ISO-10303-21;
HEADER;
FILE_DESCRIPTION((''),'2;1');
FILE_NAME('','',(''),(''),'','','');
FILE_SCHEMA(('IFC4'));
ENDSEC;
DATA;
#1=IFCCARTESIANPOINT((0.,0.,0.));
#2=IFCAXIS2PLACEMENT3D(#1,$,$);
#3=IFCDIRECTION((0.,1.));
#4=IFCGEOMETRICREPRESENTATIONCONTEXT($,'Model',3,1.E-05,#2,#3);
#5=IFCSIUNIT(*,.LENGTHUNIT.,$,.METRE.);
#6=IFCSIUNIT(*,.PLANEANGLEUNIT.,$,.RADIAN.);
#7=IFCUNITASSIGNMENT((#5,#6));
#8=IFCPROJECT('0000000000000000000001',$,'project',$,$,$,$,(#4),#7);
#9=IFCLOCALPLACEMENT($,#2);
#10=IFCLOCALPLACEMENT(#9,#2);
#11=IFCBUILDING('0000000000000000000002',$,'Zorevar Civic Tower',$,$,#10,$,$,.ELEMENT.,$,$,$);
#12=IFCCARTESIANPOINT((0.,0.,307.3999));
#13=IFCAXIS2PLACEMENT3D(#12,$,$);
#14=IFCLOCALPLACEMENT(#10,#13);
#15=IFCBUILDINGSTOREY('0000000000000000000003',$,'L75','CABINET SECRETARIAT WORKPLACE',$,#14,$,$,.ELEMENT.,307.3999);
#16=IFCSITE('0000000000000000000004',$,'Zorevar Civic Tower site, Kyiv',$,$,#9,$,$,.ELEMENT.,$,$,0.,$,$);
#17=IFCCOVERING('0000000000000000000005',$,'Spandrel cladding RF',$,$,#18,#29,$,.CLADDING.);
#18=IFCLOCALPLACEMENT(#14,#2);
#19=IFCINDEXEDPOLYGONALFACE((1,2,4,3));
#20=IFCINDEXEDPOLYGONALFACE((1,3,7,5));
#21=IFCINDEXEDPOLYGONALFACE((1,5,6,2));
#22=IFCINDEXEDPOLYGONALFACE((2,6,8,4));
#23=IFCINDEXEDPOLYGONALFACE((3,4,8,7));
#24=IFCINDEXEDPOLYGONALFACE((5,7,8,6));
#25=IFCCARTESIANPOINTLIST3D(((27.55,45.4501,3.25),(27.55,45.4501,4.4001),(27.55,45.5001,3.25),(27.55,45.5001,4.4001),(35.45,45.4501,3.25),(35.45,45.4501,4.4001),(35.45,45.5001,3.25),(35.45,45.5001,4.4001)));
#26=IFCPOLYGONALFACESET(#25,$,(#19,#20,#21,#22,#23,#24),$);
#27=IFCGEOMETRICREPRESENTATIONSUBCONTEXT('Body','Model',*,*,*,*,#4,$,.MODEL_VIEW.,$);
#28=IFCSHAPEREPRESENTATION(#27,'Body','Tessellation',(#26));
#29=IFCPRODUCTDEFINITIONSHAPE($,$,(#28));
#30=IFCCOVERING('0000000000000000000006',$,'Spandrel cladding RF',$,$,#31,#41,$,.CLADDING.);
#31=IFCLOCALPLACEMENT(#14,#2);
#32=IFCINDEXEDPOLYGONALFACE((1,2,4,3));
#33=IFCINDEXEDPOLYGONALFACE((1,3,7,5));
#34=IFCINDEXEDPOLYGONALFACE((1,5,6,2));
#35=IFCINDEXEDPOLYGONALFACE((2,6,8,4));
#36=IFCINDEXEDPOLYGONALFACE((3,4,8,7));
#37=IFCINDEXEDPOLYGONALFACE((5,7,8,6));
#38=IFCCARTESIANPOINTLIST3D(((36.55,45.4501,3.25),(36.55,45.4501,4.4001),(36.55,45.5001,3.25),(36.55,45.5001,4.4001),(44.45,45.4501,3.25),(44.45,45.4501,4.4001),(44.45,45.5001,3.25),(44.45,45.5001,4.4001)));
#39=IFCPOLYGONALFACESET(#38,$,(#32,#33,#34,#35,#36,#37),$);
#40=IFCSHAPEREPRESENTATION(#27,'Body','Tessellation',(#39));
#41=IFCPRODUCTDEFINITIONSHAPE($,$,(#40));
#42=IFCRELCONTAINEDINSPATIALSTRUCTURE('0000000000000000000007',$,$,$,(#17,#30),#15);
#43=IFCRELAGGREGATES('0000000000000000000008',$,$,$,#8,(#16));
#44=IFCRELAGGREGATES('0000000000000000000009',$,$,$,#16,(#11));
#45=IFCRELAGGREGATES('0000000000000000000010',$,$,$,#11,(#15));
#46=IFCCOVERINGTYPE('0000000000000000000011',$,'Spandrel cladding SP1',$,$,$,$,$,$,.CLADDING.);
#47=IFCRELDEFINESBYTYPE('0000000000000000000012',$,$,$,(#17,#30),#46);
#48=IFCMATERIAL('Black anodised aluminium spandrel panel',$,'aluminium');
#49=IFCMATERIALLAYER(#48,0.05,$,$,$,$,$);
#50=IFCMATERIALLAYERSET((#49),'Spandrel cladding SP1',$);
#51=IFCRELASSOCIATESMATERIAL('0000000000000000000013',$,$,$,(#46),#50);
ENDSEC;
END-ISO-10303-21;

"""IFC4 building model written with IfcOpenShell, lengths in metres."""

from ifc_helpers import new_model, si_unit, direction, frame, frame_2d, origin, place, context, subcontext, project, spatial, rectangle, extrude, material, layer, layer_set, type_object, element, save


model = new_model("IFC4")

# Units and contexts
model_context = context("Model", 3, precision=1e-05, world=origin(), true_north=direction((0.0, 1.0)))
body_context = subcontext(model_context, "Body", "Model", "MODEL_VIEW")
ifc_project = project(units=[si_unit("LENGTHUNIT", "METRE"), si_unit("PLANEANGLEUNIT", "RADIAN")], contexts=[model_context])

# Site, building, storey
site_placement = place(None, origin())
site = spatial("IfcSite", under=ifc_project, at=site_placement, Name="Zorevar Civic Tower site, Kyiv", CompositionType="ELEMENT", RefElevation=0.0)
building_placement = place(site_placement, origin())
building = spatial("IfcBuilding", under=site, at=building_placement, Name="Zorevar Civic Tower", CompositionType="ELEMENT")
storey_placement = place(building_placement, frame((0.0, 0.0, 307.3999)))
storey = spatial("IfcBuildingStorey", under=building, at=storey_placement, Name="L75", Description="CABINET SECRETARIAT WORKPLACE", CompositionType="ELEMENT", Elevation=307.3999)

# Coverings
ifc_material_1 = material(Name="Black anodised aluminium spandrel panel", Category="aluminium")
ifc_layer_1 = layer(ifc_material_1, 0.05)
ifc_layer_set_1 = layer_set([ifc_layer_1], Name="Spandrel cladding SP1")
covering_type = type_object("IfcCoveringType", Name="Spandrel cladding SP1", PredefinedType="CLADDING", material=ifc_layer_set_1)
for number, where, z_axis, x_axis, name in (
    (1, (27.55, 45.4751, 3.25), (0.0, 0.0, 1.0), (1.0, 0.0, 0.0), "Spandrel cladding RF"),
    (2, (36.55, 45.4751, 3.25), (0.0, 0.0, 1.0), (1.0, 0.0, 0.0), "Spandrel cladding RF"),
):
    element("IfcCovering", number, at=place(storey_placement, frame(where, z_axis=z_axis, x_axis=x_axis)), inside=storey, type_object=covering_type, Name=name, PredefinedType="CLADDING", context=body_context, shape_type="SweptSolid", body=[
        extrude(rectangle(XDim=7.8999, YDim=0.05, at=frame_2d((3.95, 0.0))), origin(), (0.0, 0.0, 1.0), 1.1501),
    ])

save(model, "model.ifc")
